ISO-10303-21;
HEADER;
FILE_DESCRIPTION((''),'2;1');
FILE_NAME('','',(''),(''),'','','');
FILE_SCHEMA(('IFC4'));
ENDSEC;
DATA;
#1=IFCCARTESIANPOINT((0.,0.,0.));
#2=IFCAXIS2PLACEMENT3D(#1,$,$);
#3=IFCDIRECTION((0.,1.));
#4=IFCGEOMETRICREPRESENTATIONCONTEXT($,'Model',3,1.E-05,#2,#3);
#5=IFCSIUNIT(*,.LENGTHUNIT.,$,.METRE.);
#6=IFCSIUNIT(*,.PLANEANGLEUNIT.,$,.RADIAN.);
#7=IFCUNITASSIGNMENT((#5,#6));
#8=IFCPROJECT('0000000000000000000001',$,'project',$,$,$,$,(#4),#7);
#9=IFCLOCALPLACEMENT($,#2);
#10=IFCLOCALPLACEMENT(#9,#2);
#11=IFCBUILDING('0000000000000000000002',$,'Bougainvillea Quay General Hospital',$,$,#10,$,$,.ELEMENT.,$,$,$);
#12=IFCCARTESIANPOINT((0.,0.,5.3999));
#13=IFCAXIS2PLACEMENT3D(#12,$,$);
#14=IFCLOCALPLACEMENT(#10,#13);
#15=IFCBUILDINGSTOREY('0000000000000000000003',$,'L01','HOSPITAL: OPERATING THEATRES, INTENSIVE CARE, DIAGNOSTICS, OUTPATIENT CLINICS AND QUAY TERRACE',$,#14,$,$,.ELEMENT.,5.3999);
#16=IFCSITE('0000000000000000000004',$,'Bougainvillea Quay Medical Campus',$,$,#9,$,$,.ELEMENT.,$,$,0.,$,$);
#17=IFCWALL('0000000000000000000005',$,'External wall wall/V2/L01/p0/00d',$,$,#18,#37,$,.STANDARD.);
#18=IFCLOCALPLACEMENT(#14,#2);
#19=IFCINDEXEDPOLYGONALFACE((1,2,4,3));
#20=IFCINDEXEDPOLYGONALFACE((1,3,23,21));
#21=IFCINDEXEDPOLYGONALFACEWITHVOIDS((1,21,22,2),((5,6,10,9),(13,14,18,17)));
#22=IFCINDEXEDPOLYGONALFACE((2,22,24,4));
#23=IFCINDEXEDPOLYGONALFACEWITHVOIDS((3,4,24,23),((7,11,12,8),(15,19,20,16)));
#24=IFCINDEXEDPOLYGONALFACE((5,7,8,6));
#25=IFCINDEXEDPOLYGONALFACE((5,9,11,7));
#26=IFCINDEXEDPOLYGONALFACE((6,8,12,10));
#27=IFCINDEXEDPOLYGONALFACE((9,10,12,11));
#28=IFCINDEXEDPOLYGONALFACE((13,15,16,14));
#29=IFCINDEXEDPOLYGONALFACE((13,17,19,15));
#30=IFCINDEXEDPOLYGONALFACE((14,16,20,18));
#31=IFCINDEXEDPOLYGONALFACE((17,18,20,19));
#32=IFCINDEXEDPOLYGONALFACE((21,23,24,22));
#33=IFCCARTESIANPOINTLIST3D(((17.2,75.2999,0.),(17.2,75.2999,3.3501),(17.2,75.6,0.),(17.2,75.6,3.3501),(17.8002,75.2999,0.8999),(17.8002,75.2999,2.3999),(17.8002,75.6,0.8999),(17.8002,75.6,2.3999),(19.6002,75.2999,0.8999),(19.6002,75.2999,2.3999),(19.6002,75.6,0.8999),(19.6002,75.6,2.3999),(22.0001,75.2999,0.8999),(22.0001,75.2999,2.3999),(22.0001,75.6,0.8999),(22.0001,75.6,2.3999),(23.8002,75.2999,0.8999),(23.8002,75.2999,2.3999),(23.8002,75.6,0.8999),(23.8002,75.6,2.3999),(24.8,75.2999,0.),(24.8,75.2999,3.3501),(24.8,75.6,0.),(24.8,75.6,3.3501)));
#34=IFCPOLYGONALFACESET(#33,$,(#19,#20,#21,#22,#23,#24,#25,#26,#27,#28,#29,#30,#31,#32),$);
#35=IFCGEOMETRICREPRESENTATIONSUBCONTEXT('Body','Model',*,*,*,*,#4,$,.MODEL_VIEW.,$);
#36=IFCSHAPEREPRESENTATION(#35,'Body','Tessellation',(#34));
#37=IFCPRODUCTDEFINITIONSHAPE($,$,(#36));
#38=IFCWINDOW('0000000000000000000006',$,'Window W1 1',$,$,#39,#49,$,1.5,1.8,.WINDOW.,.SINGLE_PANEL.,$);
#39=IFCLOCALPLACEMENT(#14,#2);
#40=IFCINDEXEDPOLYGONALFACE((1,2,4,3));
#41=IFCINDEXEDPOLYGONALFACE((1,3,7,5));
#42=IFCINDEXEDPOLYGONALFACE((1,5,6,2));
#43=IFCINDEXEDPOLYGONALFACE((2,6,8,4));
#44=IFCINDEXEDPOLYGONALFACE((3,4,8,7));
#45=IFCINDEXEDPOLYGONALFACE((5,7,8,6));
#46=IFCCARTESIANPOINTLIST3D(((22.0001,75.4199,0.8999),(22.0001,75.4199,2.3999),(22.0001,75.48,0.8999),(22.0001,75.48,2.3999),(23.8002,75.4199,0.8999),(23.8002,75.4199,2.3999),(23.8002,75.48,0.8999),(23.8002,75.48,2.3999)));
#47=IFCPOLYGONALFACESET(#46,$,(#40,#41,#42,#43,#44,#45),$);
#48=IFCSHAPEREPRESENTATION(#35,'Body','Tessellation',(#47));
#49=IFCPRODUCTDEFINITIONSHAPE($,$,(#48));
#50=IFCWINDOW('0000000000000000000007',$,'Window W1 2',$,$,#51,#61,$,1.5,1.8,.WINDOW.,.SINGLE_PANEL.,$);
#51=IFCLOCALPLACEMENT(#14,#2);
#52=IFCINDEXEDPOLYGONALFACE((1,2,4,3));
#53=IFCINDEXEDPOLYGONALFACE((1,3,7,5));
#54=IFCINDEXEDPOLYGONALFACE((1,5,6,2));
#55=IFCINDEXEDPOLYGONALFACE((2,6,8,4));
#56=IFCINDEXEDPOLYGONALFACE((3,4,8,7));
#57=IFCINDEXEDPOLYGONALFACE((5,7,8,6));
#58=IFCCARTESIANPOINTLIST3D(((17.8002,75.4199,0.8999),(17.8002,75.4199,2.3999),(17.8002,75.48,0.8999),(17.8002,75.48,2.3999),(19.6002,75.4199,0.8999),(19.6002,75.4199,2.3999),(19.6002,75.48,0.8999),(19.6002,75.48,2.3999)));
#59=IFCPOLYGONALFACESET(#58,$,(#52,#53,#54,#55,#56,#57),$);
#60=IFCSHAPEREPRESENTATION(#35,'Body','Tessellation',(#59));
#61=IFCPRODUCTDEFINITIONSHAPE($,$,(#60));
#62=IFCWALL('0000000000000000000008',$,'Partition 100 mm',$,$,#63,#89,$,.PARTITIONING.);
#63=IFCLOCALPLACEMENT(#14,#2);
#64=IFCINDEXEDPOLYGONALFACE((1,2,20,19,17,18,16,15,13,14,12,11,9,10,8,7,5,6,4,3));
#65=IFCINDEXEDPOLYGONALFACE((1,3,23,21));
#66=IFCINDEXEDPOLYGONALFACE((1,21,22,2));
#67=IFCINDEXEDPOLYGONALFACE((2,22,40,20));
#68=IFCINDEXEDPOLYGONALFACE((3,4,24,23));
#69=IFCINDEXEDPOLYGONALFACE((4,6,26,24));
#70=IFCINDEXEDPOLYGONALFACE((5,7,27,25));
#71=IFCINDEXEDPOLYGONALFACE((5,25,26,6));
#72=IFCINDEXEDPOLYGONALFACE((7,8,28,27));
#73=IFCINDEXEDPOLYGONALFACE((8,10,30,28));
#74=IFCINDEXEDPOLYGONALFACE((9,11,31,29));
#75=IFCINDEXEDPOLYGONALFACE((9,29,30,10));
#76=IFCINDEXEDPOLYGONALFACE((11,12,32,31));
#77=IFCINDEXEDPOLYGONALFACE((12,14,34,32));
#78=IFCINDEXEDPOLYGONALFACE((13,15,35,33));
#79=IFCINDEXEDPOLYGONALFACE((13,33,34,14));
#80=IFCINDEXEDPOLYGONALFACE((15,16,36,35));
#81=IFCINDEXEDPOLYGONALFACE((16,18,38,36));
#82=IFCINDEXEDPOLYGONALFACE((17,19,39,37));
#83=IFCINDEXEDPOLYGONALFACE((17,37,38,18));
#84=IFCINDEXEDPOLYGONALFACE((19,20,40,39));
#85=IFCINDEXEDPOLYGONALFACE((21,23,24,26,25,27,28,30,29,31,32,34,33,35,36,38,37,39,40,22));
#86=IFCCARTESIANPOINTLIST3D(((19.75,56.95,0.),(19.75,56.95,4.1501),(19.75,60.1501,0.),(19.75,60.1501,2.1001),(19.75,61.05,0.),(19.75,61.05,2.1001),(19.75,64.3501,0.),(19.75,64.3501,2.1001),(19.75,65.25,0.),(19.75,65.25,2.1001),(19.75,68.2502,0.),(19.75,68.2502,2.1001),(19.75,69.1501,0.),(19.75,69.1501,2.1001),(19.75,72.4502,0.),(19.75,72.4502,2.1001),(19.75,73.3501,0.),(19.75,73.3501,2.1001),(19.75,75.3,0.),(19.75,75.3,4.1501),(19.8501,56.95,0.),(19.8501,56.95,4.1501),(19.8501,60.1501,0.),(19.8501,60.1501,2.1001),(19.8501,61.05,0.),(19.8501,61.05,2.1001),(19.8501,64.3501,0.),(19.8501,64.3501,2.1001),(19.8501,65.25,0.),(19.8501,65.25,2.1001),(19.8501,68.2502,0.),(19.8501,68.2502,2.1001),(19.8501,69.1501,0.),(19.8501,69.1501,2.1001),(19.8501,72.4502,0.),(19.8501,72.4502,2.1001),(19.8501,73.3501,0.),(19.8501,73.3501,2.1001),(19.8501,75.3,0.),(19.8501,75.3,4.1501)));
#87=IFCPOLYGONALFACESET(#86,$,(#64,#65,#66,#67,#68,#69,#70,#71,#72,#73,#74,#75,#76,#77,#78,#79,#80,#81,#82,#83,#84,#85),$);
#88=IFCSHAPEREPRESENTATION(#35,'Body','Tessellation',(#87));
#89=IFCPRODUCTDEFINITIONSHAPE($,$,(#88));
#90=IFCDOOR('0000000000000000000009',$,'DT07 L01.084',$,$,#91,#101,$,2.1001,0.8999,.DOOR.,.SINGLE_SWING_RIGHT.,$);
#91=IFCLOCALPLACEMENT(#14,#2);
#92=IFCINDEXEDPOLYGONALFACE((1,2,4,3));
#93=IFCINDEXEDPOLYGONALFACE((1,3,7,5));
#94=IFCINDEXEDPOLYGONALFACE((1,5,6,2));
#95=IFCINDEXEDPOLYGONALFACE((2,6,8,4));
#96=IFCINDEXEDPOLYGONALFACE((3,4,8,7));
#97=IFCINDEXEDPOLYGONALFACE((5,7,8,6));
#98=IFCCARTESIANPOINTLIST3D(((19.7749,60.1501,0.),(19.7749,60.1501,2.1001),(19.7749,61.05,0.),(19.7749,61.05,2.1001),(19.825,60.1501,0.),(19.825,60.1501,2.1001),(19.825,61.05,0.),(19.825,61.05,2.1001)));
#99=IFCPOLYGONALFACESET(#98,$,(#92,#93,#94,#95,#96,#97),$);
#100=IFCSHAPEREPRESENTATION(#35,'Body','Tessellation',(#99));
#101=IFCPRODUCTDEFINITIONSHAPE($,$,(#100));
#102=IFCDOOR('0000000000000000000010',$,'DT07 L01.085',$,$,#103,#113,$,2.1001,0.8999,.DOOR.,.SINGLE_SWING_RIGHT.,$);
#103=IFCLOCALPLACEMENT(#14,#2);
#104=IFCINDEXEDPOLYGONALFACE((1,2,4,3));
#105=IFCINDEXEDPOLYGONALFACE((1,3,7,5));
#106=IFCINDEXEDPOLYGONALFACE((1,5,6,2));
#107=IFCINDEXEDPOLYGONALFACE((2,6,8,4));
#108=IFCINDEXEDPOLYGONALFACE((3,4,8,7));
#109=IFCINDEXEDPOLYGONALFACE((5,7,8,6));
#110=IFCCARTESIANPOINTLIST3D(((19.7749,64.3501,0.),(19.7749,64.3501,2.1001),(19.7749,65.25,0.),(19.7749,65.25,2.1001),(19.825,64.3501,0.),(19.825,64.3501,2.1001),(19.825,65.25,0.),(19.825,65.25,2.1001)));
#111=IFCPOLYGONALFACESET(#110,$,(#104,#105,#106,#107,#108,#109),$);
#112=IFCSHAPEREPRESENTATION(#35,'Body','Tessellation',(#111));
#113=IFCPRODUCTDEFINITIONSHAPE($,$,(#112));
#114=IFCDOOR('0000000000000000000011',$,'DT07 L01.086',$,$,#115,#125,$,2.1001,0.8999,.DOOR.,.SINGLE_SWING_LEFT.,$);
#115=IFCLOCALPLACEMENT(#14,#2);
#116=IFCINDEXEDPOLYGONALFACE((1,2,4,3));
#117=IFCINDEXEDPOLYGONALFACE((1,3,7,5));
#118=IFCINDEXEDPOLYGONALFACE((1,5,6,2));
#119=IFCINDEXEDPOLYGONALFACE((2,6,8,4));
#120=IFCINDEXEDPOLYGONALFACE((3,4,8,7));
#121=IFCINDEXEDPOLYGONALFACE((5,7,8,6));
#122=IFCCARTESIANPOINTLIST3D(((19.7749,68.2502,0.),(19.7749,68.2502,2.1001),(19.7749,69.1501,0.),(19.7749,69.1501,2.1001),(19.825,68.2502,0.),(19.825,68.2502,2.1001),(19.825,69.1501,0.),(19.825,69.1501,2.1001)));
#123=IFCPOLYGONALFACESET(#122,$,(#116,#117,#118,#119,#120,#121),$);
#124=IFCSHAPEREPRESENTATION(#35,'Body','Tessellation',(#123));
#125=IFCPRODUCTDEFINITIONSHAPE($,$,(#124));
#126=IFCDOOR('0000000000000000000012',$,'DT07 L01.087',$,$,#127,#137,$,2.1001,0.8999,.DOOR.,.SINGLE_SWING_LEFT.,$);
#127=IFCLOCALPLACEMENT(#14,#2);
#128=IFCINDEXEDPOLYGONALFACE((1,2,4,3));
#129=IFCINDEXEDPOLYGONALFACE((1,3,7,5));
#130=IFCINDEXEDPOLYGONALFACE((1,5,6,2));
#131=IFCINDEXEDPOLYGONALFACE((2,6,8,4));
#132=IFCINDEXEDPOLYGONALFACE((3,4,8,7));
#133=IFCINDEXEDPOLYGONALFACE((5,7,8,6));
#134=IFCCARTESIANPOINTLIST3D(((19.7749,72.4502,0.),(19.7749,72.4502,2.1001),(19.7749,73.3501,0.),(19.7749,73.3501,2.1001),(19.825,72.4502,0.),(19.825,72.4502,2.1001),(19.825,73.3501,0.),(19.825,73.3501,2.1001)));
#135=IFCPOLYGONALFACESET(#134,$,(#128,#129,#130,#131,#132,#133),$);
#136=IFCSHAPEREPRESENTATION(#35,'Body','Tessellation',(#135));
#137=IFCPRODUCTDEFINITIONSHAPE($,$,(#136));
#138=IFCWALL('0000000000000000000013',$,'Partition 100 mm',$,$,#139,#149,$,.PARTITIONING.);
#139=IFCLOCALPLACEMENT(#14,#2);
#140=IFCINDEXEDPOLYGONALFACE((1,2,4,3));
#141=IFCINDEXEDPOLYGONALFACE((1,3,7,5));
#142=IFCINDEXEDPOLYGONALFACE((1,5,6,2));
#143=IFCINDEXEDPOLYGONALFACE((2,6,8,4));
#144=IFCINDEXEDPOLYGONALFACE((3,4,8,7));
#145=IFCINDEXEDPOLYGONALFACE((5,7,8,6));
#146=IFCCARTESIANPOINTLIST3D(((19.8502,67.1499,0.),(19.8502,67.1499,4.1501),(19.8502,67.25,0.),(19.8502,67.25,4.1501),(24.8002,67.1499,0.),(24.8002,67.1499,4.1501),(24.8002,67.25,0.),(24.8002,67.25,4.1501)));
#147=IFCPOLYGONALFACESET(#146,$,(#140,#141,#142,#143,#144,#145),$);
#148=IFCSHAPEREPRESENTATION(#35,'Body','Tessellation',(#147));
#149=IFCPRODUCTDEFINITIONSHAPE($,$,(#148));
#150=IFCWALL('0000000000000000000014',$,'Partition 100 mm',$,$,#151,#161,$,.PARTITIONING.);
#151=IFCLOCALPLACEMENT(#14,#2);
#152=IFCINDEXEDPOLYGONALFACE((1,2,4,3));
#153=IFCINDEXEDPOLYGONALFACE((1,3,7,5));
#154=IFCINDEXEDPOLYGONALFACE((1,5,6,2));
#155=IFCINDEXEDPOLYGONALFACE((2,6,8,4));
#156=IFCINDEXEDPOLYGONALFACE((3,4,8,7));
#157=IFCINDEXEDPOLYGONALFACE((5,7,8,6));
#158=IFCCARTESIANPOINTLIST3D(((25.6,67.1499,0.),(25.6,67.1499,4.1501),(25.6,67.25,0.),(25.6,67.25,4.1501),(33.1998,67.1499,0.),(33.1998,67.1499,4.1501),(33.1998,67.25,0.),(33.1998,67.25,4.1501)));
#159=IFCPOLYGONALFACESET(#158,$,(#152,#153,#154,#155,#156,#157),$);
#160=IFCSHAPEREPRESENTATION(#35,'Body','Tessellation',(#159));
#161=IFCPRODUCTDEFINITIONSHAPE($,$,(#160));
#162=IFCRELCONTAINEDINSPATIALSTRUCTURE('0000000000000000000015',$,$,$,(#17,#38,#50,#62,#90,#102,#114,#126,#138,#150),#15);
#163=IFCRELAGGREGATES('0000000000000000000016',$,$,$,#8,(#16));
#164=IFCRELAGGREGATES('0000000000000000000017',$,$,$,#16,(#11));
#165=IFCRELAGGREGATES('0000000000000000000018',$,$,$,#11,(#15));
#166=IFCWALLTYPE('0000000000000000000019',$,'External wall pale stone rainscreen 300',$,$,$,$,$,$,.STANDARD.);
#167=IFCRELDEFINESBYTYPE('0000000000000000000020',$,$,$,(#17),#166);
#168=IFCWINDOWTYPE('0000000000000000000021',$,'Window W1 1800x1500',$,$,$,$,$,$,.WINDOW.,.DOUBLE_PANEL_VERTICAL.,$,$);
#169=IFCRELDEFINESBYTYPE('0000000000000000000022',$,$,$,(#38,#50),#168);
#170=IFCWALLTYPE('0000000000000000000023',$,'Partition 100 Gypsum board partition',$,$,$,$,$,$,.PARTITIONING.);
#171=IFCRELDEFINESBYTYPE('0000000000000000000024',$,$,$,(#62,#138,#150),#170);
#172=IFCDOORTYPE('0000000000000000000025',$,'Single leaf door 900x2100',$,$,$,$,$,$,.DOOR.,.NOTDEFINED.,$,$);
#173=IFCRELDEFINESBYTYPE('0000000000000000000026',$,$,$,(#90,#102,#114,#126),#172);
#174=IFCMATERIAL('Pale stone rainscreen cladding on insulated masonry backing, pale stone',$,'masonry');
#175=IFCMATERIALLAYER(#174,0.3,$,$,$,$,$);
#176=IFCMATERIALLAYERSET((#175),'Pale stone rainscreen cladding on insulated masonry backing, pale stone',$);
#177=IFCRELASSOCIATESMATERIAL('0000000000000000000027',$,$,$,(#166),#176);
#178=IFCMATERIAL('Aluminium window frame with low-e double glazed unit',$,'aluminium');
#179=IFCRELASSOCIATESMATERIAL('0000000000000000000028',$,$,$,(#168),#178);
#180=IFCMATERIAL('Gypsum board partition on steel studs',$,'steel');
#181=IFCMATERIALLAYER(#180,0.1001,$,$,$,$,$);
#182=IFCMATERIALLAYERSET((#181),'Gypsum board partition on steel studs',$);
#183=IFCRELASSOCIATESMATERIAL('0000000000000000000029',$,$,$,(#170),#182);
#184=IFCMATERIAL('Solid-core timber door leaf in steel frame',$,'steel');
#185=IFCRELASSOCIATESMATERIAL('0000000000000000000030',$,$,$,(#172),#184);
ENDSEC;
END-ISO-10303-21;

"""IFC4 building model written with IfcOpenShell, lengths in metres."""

from ifc_helpers import new_model, si_unit, direction, frame, frame_2d, origin, place, context, subcontext, project, spatial, rectangle, extrude, material, layer, layer_set, type_object, element, fill, save


model = new_model("IFC4")

# Units and contexts
model_context = context("Model", 3, precision=1e-05, world=origin(), true_north=direction((0.0, 1.0)))
body_context = subcontext(model_context, "Body", "Model", "MODEL_VIEW")
ifc_project = project(units=[si_unit("LENGTHUNIT", "METRE"), si_unit("PLANEANGLEUNIT", "RADIAN")], contexts=[model_context])

# Site, building, storey
site_placement = place(None, origin())
site = spatial("IfcSite", under=ifc_project, at=site_placement, Name="Bougainvillea Quay Medical Campus", CompositionType="ELEMENT", RefElevation=0.0)
building_placement = place(site_placement, origin())
building = spatial("IfcBuilding", under=site, at=building_placement, Name="Bougainvillea Quay General Hospital", CompositionType="ELEMENT")
storey_placement = place(building_placement, frame((0.0, 0.0, 5.3999)))
storey = spatial("IfcBuildingStorey", under=building, at=storey_placement, Name="L01", Description="HOSPITAL: OPERATING THEATRES, INTENSIVE CARE, DIAGNOSTICS, OUTPATIENT CLINICS AND QUAY TERRACE", CompositionType="ELEMENT", Elevation=5.3999)

# Wall, openings, windows
ifc_material_1 = material(Name="Pale stone rainscreen cladding on insulated masonry backing, pale stone", Category="masonry")
ifc_layer_1 = layer(ifc_material_1, 0.3)
ifc_layer_set_1 = layer_set([ifc_layer_1], Name="Pale stone rainscreen cladding on insulated masonry backing, pale stone")
wall_type_1 = type_object("IfcWallType", Name="External wall pale stone rainscreen 300", PredefinedType="STANDARD", material=ifc_layer_set_1)
ifc_material_2 = material(Name="Aluminium window frame with low-e double glazed unit", Category="aluminium")
window_type = type_object("IfcWindowType", Name="Window W1 1800x1500", PartitioningType="DOUBLE_PANEL_VERTICAL", PredefinedType="WINDOW", material=ifc_material_2)
wall_1_placement = place(storey_placement, frame((24.8, 75.45, 0.0), z_axis=(0.0, 0.0, 1.0), x_axis=(-1.0, 0.0, 0.0)))
wall_1 = element("IfcWall", 1, at=wall_1_placement, inside=storey, type_object=wall_type_1, Name="External wall wall/V2/L01/p0/00d", PredefinedType="STANDARD", context=body_context, shape_type="SweptSolid", body=[
    extrude(rectangle(XDim=7.6001, YDim=0.3, at=frame_2d((3.8, 0.0))), origin(), (0.0, 0.0, 1.0), 3.3501),
])
opening_1_placement = place(wall_1_placement, frame((1.0, 0.0, 0.8999)))
opening_1 = element("IfcOpeningElement", 2, at=opening_1_placement, cuts=wall_1, PredefinedType="OPENING", context=body_context, shape_type="SweptSolid", body=[
    extrude(rectangle(XDim=1.8, YDim=1.5, at=frame_2d((0.8999, 0.75))), frame((0.0, 0.1599, 0.0), z_axis=(0.0, -1.0, 0.0), x_axis=(1.0, 0.0, 0.0)), (0.0, 0.0, 1.0), 0.3201),
])
opening_2_placement = place(wall_1_placement, frame((5.2, 0.0, 0.8999)))
opening_2 = element("IfcOpeningElement", 3, at=opening_2_placement, cuts=wall_1, PredefinedType="OPENING", context=body_context, shape_type="SweptSolid", body=[
    extrude(rectangle(XDim=1.8, YDim=1.5, at=frame_2d((0.8999, 0.75))), frame((0.0, 0.1599, 0.0), z_axis=(0.0, -1.0, 0.0), x_axis=(1.0, 0.0, 0.0)), (0.0, 0.0, 1.0), 0.3201),
])
window_1_placement = place(opening_1_placement, origin())
window_1 = element("IfcWindow", 4, at=window_1_placement, inside=storey, type_object=window_type, Name="Window W1 1", OverallHeight=1.5, OverallWidth=1.8, PartitioningType="SINGLE_PANEL", PredefinedType="WINDOW", context=body_context, shape_type="SweptSolid", body=[
    extrude(rectangle(XDim=1.8, YDim=1.5, at=frame_2d((0.8999, 0.75))), frame((0.0, 0.03, 0.0), z_axis=(0.0, -1.0, 0.0), x_axis=(1.0, 0.0, 0.0)), (0.0, 0.0, 1.0), 0.0601),
])
fill(opening_1, window_1)
window_2_placement = place(opening_2_placement, origin())
window_2 = element("IfcWindow", 5, at=window_2_placement, inside=storey, type_object=window_type, Name="Window W1 2", OverallHeight=1.5, OverallWidth=1.8, PartitioningType="SINGLE_PANEL", PredefinedType="WINDOW", context=body_context, shape_type="SweptSolid", body=[
    extrude(rectangle(XDim=1.8, YDim=1.5, at=frame_2d((0.8999, 0.75))), frame((0.0, 0.03, 0.0), z_axis=(0.0, -1.0, 0.0), x_axis=(1.0, 0.0, 0.0)), (0.0, 0.0, 1.0), 0.0601),
])
fill(opening_2, window_2)

# Wall, openings, doors
ifc_material_3 = material(Name="Gypsum board partition on steel studs", Category="steel")
ifc_layer_2 = layer(ifc_material_3, 0.1001)
ifc_layer_set_2 = layer_set([ifc_layer_2], Name="Gypsum board partition on steel studs")
wall_type_2 = type_object("IfcWallType", Name="Partition 100 Gypsum board partition", PredefinedType="PARTITIONING", material=ifc_layer_set_2)
wall_2_placement = place(storey_placement, frame((19.8, 75.3, 0.0), z_axis=(0.0, 0.0, 1.0), x_axis=(0.0, -1.0, 0.0)))
wall_2 = element("IfcWall", 6, at=wall_2_placement, inside=storey, type_object=wall_type_2, Name="Partition 100 mm", PredefinedType="PARTITIONING", context=body_context, shape_type="SweptSolid", body=[
    extrude(rectangle(XDim=18.3501, YDim=0.1001, at=frame_2d((9.175, 0.0))), origin(), (0.0, 0.0, 1.0), 4.1501),
])
opening_3_placement = place(wall_2_placement, frame((14.25, 0.0, 0.0)))
opening_3 = element("IfcOpeningElement", 7, at=opening_3_placement, cuts=wall_2, PredefinedType="OPENING", context=body_context, shape_type="SweptSolid", body=[
    extrude(rectangle(XDim=0.8999, YDim=2.1001, at=frame_2d((0.45, 1.05))), frame((0.0, 0.0601, 0.0), z_axis=(0.0, -1.0, 0.0), x_axis=(1.0, 0.0, 0.0)), (0.0, 0.0, 1.0), 0.1201),
])
opening_4_placement = place(wall_2_placement, frame((10.05, 0.0, 0.0)))
opening_4 = element("IfcOpeningElement", 8, at=opening_4_placement, cuts=wall_2, PredefinedType="OPENING", context=body_context, shape_type="SweptSolid", body=[
    extrude(rectangle(XDim=0.8999, YDim=2.1001, at=frame_2d((0.45, 1.05))), frame((0.0, 0.0601, 0.0), z_axis=(0.0, -1.0, 0.0), x_axis=(1.0, 0.0, 0.0)), (0.0, 0.0, 1.0), 0.1201),
])
opening_5_placement = place(wall_2_placement, frame((6.1499, 0.0, 0.0)))
opening_5 = element("IfcOpeningElement", 9, at=opening_5_placement, cuts=wall_2, PredefinedType="OPENING", context=body_context, shape_type="SweptSolid", body=[
    extrude(rectangle(XDim=0.8999, YDim=2.1001, at=frame_2d((0.45, 1.05))), frame((0.0, 0.0601, 0.0), z_axis=(0.0, -1.0, 0.0), x_axis=(1.0, 0.0, 0.0)), (0.0, 0.0, 1.0), 0.1201),
])
opening_6_placement = place(wall_2_placement, frame((1.95, 0.0, 0.0)))
opening_6 = element("IfcOpeningElement", 10, at=opening_6_placement, cuts=wall_2, PredefinedType="OPENING", context=body_context, shape_type="SweptSolid", body=[
    extrude(rectangle(XDim=0.8999, YDim=2.1001, at=frame_2d((0.45, 1.05))), frame((0.0, 0.0601, 0.0), z_axis=(0.0, -1.0, 0.0), x_axis=(1.0, 0.0, 0.0)), (0.0, 0.0, 1.0), 0.1201),
])
ifc_material_4 = material(Name="Solid-core timber door leaf in steel frame", Category="steel")
door_type = type_object("IfcDoorType", Name="Single leaf door 900x2100", OperationType="NOTDEFINED", PredefinedType="DOOR", material=ifc_material_4)
door_1_placement = place(opening_3_placement, origin())
door_1 = element("IfcDoor", 11, at=door_1_placement, inside=storey, type_object=door_type, Name="DT07 L01.084", OperationType="SINGLE_SWING_RIGHT", OverallHeight=2.1001, OverallWidth=0.8999, PredefinedType="DOOR", context=body_context, shape_type="SweptSolid", body=[
    extrude(rectangle(XDim=0.8999, YDim=2.1001, at=frame_2d((0.45, 1.05))), frame((0.0, 0.0249, 0.0), z_axis=(0.0, -1.0, 0.0), x_axis=(1.0, 0.0, 0.0)), (0.0, 0.0, 1.0), 0.05),
])
fill(opening_3, door_1)
door_2_placement = place(opening_4_placement, origin())
door_2 = element("IfcDoor", 12, at=door_2_placement, inside=storey, type_object=door_type, Name="DT07 L01.085", OperationType="SINGLE_SWING_RIGHT", OverallHeight=2.1001, OverallWidth=0.8999, PredefinedType="DOOR", context=body_context, shape_type="SweptSolid", body=[
    extrude(rectangle(XDim=0.8999, YDim=2.1001, at=frame_2d((0.45, 1.05))), frame((0.0, 0.0249, 0.0), z_axis=(0.0, -1.0, 0.0), x_axis=(1.0, 0.0, 0.0)), (0.0, 0.0, 1.0), 0.05),
])
fill(opening_4, door_2)
door_3_placement = place(opening_5_placement, origin())
door_3 = element("IfcDoor", 13, at=door_3_placement, inside=storey, type_object=door_type, Name="DT07 L01.086", OperationType="SINGLE_SWING_LEFT", OverallHeight=2.1001, OverallWidth=0.8999, PredefinedType="DOOR", context=body_context, shape_type="SweptSolid", body=[
    extrude(rectangle(XDim=0.8999, YDim=2.1001, at=frame_2d((0.45, 1.05))), frame((0.0, 0.0249, 0.0), z_axis=(0.0, -1.0, 0.0), x_axis=(1.0, 0.0, 0.0)), (0.0, 0.0, 1.0), 0.05),
])
fill(opening_5, door_3)
door_4_placement = place(opening_6_placement, origin())
door_4 = element("IfcDoor", 14, at=door_4_placement, inside=storey, type_object=door_type, Name="DT07 L01.087", OperationType="SINGLE_SWING_LEFT", OverallHeight=2.1001, OverallWidth=0.8999, PredefinedType="DOOR", context=body_context, shape_type="SweptSolid", body=[
    extrude(rectangle(XDim=0.8999, YDim=2.1001, at=frame_2d((0.45, 1.05))), frame((0.0, 0.0249, 0.0), z_axis=(0.0, -1.0, 0.0), x_axis=(1.0, 0.0, 0.0)), (0.0, 0.0, 1.0), 0.05),
])
fill(opening_6, door_4)

# Walls
wall_3_placement = place(storey_placement, frame((19.8501, 67.2, 0.0), z_axis=(0.0, 0.0, 1.0), x_axis=(1.0, 0.0, 0.0)))
element("IfcWall", 15, at=wall_3_placement, inside=storey, type_object=wall_type_2, Name="Partition 100 mm", PredefinedType="PARTITIONING", context=body_context, shape_type="SweptSolid", body=[
    extrude(rectangle(XDim=4.95, YDim=0.1001, at=frame_2d((2.4751, 0.0))), origin(), (0.0, 0.0, 1.0), 4.1501),
])
wall_4_placement = place(storey_placement, frame((25.6001, 67.2, 0.0), z_axis=(0.0, 0.0, 1.0), x_axis=(1.0, 0.0, 0.0)))
element("IfcWall", 16, at=wall_4_placement, inside=storey, type_object=wall_type_2, Name="Partition 100 mm", PredefinedType="PARTITIONING", context=body_context, shape_type="SweptSolid", body=[
    extrude(rectangle(XDim=7.5999, YDim=0.1001, at=frame_2d((3.7998, 0.0))), origin(), (0.0, 0.0, 1.0), 4.1501),
])

save(model, "model.ifc")
